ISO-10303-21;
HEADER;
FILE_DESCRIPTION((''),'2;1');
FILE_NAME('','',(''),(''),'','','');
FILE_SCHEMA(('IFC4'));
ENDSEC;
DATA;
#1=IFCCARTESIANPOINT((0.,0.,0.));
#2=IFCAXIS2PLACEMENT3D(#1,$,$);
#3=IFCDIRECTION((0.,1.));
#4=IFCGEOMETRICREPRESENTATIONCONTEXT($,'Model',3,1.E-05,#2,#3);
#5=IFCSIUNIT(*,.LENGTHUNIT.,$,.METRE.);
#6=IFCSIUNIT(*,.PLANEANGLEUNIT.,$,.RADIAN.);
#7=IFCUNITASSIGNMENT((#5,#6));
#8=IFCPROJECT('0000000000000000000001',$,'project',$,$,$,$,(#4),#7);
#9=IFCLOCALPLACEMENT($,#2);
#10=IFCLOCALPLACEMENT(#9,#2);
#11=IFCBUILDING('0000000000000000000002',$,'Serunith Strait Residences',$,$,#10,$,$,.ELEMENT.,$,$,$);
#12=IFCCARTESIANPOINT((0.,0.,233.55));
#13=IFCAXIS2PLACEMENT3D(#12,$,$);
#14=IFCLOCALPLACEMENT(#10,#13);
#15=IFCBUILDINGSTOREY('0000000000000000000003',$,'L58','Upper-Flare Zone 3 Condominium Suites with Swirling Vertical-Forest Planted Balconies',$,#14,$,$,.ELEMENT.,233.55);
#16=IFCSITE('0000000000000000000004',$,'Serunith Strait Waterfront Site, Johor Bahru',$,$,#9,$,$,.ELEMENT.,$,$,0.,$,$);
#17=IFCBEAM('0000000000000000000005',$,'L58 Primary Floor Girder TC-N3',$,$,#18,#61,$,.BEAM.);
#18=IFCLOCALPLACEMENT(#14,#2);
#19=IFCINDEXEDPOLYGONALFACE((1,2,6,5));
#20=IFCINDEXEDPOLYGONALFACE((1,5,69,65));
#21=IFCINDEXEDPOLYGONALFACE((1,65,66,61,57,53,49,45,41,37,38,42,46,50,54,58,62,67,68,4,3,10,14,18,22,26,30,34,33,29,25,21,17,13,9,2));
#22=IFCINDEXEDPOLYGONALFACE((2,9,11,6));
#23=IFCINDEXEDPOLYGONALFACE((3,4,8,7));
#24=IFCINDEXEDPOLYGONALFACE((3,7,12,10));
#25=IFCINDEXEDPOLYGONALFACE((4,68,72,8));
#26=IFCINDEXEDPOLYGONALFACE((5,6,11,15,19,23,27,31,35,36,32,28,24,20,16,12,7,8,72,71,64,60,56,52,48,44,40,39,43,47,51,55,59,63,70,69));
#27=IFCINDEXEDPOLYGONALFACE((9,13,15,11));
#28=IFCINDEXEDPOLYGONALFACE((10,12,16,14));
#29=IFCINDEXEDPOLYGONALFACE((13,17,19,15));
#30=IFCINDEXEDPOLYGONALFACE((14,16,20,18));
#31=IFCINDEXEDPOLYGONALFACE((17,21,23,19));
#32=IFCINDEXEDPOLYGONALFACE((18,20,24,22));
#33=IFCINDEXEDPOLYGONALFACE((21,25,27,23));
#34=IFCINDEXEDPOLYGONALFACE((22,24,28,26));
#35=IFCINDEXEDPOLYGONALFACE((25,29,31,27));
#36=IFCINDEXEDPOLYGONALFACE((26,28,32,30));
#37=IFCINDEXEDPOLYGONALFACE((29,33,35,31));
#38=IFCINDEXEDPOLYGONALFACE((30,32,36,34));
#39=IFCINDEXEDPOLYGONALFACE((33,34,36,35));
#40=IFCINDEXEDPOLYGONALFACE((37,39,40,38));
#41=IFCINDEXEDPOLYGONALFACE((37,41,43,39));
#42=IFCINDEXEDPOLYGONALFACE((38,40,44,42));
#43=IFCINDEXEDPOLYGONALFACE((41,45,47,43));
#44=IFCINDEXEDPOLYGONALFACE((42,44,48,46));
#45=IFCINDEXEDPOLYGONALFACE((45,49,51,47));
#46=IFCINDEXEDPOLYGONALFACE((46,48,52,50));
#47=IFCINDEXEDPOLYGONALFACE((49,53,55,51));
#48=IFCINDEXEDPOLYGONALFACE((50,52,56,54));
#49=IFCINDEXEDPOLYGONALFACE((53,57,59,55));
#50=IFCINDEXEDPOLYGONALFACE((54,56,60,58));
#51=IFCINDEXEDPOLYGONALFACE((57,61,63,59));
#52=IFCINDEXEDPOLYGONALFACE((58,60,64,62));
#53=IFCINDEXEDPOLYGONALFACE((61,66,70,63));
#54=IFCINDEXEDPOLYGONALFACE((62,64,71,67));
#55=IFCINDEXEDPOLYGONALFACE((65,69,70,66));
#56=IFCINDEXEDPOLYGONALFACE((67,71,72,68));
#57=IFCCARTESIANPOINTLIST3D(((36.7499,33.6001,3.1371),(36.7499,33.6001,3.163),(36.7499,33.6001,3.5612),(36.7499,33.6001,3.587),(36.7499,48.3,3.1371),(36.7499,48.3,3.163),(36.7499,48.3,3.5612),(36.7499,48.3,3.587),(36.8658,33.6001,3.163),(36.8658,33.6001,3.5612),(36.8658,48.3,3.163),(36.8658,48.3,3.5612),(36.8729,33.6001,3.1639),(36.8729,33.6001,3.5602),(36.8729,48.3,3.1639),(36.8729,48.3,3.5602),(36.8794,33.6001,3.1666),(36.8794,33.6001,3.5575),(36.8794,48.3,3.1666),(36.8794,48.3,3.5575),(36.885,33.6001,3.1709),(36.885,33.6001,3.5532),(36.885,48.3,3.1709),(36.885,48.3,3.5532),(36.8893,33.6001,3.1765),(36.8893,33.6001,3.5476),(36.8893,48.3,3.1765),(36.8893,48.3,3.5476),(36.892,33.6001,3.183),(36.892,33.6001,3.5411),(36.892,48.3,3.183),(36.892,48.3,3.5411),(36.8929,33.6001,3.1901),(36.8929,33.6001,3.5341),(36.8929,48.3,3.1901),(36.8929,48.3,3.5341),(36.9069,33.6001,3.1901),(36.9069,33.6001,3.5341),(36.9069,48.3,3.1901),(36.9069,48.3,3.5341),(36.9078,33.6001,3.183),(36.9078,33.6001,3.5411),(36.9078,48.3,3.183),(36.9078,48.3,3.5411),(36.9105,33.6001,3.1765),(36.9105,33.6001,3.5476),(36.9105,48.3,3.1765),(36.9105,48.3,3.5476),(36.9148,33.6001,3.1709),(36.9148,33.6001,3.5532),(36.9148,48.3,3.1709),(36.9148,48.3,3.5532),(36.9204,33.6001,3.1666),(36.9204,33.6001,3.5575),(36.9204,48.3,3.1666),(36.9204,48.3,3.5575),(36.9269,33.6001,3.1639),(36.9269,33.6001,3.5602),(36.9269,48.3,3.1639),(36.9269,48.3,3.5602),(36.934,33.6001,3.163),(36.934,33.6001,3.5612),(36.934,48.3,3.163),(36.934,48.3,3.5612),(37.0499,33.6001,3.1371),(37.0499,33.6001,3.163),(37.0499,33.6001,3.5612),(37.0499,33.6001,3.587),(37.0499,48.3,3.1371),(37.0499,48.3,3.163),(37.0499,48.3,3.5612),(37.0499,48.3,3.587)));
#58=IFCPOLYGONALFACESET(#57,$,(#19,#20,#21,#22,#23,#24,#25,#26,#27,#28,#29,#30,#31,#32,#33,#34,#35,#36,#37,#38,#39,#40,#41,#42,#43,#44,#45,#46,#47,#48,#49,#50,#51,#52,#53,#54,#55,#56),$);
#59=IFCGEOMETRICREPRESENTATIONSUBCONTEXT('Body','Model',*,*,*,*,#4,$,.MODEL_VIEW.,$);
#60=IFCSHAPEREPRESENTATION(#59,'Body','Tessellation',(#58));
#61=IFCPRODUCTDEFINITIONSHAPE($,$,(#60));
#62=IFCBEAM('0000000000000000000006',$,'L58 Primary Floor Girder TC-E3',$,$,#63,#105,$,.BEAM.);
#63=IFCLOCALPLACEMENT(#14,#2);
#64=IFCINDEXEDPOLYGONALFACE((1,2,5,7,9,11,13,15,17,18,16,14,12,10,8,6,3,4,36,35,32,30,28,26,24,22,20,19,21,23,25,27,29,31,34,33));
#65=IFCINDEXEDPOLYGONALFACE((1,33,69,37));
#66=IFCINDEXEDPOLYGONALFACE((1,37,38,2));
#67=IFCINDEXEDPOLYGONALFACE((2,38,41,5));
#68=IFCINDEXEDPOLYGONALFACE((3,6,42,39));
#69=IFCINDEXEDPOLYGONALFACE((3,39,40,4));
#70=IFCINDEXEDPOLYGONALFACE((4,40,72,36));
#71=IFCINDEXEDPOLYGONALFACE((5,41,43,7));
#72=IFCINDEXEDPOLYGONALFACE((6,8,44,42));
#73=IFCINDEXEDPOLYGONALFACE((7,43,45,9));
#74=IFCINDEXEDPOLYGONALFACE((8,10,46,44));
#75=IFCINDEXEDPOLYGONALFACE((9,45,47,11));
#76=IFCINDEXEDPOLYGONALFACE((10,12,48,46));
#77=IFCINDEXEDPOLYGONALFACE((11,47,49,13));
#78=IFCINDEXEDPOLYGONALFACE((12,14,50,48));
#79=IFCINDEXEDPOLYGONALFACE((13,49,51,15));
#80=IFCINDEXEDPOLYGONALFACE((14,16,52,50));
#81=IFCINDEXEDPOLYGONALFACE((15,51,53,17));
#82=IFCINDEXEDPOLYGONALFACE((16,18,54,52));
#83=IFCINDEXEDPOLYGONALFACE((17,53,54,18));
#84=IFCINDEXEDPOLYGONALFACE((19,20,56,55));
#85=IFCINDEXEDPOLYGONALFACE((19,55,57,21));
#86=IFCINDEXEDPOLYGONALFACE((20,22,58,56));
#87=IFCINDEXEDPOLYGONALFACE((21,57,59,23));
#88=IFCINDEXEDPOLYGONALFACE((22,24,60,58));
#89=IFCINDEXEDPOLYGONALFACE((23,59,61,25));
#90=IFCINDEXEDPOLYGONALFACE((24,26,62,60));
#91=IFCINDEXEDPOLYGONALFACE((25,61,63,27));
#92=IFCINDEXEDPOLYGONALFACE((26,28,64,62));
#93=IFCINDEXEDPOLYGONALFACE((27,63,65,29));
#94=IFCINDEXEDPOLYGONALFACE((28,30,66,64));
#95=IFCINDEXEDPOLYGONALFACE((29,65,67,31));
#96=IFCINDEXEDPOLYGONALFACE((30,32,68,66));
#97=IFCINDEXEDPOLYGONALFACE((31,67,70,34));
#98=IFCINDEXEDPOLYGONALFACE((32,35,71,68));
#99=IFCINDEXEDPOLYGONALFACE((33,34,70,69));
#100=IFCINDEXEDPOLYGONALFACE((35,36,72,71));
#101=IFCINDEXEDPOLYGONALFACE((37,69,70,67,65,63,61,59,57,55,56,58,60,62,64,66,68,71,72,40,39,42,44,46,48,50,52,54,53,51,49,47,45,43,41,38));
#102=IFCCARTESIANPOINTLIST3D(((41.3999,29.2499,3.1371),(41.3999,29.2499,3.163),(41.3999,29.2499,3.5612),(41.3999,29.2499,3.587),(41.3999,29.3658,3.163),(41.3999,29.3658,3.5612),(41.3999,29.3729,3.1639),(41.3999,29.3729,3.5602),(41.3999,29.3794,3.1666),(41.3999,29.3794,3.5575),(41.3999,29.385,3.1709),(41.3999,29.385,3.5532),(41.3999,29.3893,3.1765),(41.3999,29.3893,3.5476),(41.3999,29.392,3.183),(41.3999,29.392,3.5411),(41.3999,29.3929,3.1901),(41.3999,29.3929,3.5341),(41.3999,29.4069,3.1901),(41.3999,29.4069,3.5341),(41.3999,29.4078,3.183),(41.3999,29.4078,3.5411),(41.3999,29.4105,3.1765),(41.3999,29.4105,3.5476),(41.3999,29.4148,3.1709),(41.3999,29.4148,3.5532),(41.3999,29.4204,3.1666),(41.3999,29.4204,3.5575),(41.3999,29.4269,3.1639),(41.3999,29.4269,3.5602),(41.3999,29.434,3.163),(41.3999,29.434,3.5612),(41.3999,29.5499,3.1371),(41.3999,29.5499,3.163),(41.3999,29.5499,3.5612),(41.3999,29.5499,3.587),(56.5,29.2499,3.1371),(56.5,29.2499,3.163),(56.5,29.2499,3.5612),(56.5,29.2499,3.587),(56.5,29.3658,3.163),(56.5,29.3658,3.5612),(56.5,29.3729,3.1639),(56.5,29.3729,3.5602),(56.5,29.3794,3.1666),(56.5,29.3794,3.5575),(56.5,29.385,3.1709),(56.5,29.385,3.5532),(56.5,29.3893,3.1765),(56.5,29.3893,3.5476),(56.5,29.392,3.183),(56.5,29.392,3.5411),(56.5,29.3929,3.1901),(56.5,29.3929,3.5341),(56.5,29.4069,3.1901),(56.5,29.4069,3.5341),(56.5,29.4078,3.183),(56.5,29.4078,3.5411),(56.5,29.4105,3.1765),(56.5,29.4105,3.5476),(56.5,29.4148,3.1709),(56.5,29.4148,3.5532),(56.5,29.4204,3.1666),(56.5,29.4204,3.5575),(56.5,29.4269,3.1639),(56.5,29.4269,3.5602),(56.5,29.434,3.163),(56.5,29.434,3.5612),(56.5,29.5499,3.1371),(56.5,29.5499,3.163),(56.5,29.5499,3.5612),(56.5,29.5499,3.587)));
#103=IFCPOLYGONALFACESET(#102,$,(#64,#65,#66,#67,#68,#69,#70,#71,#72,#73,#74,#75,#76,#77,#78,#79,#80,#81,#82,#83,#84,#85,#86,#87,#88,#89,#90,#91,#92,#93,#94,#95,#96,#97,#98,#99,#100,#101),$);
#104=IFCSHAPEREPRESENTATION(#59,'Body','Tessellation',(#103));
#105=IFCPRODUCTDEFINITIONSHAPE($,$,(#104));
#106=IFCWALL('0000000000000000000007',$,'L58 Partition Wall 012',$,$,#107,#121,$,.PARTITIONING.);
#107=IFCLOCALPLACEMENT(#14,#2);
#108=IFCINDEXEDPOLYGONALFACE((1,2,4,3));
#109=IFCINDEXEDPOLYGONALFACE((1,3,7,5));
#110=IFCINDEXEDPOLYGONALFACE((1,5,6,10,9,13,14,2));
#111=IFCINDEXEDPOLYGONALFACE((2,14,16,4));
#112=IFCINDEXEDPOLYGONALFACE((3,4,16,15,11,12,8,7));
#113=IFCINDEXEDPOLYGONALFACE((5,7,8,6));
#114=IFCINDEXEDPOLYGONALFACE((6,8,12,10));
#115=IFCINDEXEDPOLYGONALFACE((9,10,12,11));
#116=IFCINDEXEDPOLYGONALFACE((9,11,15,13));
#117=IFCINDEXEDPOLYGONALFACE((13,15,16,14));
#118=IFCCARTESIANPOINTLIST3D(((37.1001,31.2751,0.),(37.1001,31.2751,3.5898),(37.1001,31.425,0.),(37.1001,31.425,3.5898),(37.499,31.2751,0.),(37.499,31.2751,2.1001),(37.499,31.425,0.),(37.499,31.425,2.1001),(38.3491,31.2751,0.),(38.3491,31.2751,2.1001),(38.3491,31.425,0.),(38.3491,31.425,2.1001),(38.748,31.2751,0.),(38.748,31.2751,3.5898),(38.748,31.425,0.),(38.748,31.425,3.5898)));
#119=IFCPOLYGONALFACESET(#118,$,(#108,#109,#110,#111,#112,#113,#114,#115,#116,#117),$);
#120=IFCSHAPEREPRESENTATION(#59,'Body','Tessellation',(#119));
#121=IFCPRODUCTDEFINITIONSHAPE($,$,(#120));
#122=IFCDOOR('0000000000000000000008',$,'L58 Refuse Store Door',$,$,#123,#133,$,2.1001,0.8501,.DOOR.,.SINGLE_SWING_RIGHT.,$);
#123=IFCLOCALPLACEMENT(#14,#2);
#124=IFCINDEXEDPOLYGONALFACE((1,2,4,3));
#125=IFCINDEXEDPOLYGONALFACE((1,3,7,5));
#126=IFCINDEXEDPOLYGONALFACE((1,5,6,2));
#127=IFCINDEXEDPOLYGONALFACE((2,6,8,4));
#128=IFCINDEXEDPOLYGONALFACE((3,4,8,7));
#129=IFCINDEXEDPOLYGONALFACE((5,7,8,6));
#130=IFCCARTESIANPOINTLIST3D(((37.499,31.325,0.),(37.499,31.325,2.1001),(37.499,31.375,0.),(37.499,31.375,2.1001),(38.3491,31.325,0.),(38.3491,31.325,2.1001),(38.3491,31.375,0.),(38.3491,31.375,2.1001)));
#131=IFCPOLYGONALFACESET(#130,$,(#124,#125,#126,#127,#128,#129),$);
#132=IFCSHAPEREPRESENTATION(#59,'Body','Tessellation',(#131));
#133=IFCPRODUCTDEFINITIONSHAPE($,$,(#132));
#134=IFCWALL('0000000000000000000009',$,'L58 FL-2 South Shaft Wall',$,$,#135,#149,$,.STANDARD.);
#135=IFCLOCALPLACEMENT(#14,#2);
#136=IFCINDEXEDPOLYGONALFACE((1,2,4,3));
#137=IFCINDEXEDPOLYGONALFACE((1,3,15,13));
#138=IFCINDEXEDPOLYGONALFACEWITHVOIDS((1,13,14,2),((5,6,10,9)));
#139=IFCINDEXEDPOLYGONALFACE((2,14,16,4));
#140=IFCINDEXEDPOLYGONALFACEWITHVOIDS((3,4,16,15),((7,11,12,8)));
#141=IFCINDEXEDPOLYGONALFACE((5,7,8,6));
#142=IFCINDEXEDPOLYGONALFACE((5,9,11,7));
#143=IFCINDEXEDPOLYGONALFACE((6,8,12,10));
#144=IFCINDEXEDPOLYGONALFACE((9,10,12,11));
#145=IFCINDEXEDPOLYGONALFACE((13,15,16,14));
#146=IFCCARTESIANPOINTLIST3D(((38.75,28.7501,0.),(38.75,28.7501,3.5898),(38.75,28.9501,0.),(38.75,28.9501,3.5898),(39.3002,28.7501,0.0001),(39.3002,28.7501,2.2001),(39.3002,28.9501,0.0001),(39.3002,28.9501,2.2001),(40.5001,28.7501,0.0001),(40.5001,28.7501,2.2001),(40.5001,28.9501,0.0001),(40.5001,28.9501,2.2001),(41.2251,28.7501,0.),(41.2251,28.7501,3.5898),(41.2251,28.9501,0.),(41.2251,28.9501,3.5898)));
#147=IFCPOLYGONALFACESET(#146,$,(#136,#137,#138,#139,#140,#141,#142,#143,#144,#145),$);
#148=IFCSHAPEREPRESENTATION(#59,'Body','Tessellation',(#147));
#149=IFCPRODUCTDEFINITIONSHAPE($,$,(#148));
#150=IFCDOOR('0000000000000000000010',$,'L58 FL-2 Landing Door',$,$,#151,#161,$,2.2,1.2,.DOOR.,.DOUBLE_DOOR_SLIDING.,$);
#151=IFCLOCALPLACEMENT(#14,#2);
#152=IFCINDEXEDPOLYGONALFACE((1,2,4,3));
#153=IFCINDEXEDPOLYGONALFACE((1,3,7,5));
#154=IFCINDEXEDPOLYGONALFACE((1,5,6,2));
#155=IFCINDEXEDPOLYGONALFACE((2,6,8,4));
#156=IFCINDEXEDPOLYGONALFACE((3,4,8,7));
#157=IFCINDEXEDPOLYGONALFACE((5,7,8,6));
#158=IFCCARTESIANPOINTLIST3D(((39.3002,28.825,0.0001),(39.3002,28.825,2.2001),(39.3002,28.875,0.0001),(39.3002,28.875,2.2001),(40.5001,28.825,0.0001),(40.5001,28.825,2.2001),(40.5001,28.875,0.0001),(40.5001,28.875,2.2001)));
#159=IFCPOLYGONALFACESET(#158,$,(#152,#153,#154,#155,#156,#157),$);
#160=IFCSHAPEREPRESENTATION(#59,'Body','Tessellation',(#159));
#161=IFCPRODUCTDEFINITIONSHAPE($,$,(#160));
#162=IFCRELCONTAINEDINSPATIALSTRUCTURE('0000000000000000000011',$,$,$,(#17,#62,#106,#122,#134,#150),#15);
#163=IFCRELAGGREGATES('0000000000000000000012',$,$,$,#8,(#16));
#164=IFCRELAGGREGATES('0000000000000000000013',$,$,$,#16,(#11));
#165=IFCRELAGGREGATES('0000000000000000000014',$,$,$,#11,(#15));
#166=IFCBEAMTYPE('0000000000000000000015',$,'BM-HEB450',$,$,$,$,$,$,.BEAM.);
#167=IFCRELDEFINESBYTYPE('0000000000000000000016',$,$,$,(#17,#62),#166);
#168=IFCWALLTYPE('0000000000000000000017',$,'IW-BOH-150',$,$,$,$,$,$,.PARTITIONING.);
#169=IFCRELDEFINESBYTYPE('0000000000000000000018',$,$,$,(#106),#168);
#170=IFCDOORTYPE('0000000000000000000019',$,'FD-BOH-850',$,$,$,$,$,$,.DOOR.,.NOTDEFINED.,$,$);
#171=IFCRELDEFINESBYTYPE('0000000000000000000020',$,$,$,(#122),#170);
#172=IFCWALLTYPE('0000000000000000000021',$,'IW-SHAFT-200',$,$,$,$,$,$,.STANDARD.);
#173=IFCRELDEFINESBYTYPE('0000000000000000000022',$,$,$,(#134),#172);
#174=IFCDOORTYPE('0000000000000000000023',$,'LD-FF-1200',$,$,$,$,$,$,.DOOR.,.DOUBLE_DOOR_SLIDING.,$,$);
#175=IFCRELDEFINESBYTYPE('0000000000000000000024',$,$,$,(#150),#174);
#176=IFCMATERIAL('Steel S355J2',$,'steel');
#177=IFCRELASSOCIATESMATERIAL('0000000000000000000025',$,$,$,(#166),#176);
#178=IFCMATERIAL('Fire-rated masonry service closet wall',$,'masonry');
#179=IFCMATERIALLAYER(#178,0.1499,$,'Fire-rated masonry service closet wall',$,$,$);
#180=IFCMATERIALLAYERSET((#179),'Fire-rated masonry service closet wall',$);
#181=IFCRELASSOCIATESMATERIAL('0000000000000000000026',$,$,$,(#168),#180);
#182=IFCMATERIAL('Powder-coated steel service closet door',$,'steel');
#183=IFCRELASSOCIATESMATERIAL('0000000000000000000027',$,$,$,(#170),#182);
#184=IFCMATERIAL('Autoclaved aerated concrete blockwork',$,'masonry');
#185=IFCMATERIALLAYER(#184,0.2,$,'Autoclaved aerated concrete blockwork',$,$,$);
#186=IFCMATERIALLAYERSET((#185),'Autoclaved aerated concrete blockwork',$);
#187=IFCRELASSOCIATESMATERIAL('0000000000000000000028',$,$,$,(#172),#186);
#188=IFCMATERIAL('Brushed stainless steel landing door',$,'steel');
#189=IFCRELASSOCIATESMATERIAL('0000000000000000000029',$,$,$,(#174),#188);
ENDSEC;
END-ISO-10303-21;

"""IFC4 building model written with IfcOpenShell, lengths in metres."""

from ifc_helpers import new_model, si_unit, direction, frame, frame_2d, origin, origin_2d, place, context, subcontext, project, spatial, rectangle, i_section, extrude, source, transform, mapped, material, layer, layer_set, material_profile, profile_set, type_object, element, fill, save


model = new_model("IFC4")

# Units and contexts
model_context = context("Model", 3, precision=1e-05, world=origin(), true_north=direction((0.0, 1.0)))
body_context = subcontext(model_context, "Body", "Model", "MODEL_VIEW")
ifc_project = project(units=[si_unit("LENGTHUNIT", "METRE"), si_unit("PLANEANGLEUNIT", "RADIAN")], contexts=[model_context])

# Site, building, storey
site_placement = place(None, origin())
site = spatial("IfcSite", under=ifc_project, at=site_placement, Name="Serunith Strait Waterfront Site, Johor Bahru", CompositionType="ELEMENT", RefElevation=0.0)
building_placement = place(site_placement, origin())
building = spatial("IfcBuilding", under=site, at=building_placement, Name="Serunith Strait Residences", CompositionType="ELEMENT")
storey_placement = place(building_placement, frame((0.0, 0.0, 233.55)))
storey = spatial("IfcBuildingStorey", under=building, at=storey_placement, Name="L58", Description="Upper-Flare Zone 3 Condominium Suites with Swirling Vertical-Forest Planted Balconies", CompositionType="ELEMENT", Elevation=233.55)

# Beams
ifc_material_1 = material(Name="Steel S355J2", Category="steel")
ifc_material_profile = material_profile(ifc_material_1, i_section(OverallWidth=0.3, OverallDepth=0.45, WebThickness=0.0139, FlangeThickness=0.0259, FilletRadius=0.0271, at=origin_2d()), Name="HEB 450")
ifc_profile_set = profile_set([ifc_material_profile], Name="Steel S355J2")
beam_type = type_object("IfcBeamType", Name="BM-HEB450", PredefinedType="BEAM", material=ifc_profile_set)
shared_shape_1 = source(origin(), body_context, "Body", "SweptSolid", [
    extrude(i_section(OverallWidth=0.3, OverallDepth=0.45, WebThickness=0.0139, FlangeThickness=0.0259, FilletRadius=0.0271, at=origin_2d()), origin(), (0.0, 0.0, 1.0), 14.7),
])
beam_1_placement = place(storey_placement, frame((36.8999, 33.6001, 3.3621), z_axis=(0.0, 1.0, 0.0), x_axis=(-1.0, 0.0, 0.0)))
element("IfcBeam", 1, at=beam_1_placement, inside=storey, type_object=beam_type, Name="L58 Primary Floor Girder TC-N3", PredefinedType="BEAM", context=body_context, shape_type="MappedRepresentation", body=[
    mapped(shared_shape_1, transform((0.0, 0.0, 0.0), scale=1.0)),
])
shared_shape_2 = source(origin(), body_context, "Body", "SweptSolid", [
    extrude(i_section(OverallWidth=0.3, OverallDepth=0.45, WebThickness=0.0139, FlangeThickness=0.0259, FilletRadius=0.0271, at=origin_2d()), origin(), (0.0, 0.0, 1.0), 15.1001),
])
beam_2_placement = place(storey_placement, frame((41.3999, 29.3999, 3.3621), z_axis=(1.0, 0.0, 0.0), x_axis=(0.0, 1.0, 0.0)))
element("IfcBeam", 2, at=beam_2_placement, inside=storey, type_object=beam_type, Name="L58 Primary Floor Girder TC-E3", PredefinedType="BEAM", context=body_context, shape_type="MappedRepresentation", body=[
    mapped(shared_shape_2, transform((0.0, 0.0, 0.0), scale=1.0)),
])

# Walls, openings, doors
ifc_material_2 = material(Name="Fire-rated masonry service closet wall", Category="masonry")
ifc_layer_1 = layer(ifc_material_2, 0.1499, Name="Fire-rated masonry service closet wall")
ifc_layer_set_1 = layer_set([ifc_layer_1], Name="Fire-rated masonry service closet wall")
wall_type_1 = type_object("IfcWallType", Name="IW-BOH-150", PredefinedType="PARTITIONING", material=ifc_layer_set_1)
wall_1_placement = place(storey_placement, frame((37.1001, 31.3501, 0.0), z_axis=(0.0, 0.0, 1.0), x_axis=(1.0, 0.0, 0.0)))
wall_1 = element("IfcWall", 3, at=wall_1_placement, inside=storey, type_object=wall_type_1, Name="L58 Partition Wall 012", PredefinedType="PARTITIONING", context=body_context, shape_type="SweptSolid", body=[
    extrude(rectangle(XDim=1.6479, YDim=0.1499, at=frame_2d((0.824, 0.0))), origin(), (0.0, 0.0, 1.0), 3.5898),
])
opening_1_placement = place(wall_1_placement, frame((0.3989, 0.0, 0.0)))
opening_1 = element("IfcOpeningElement", 4, at=opening_1_placement, cuts=wall_1, PredefinedType="OPENING", context=body_context, shape_type="SweptSolid", body=[
    extrude(rectangle(XDim=0.8501, YDim=2.1001, at=frame_2d((0.425, 1.05))), frame((0.0, 0.085, 0.0), z_axis=(0.0, -1.0, 0.0), x_axis=(1.0, 0.0, 0.0)), (0.0, 0.0, 1.0), 0.1699),
])
ifc_material_3 = material(Name="Powder-coated steel service closet door", Category="steel")
door_type_1 = type_object("IfcDoorType", Name="FD-BOH-850", OperationType="NOTDEFINED", PredefinedType="DOOR", material=ifc_material_3)
shared_shape_3 = source(origin(), body_context, "Body", "SweptSolid", [
    extrude(rectangle(XDim=0.8501, YDim=2.1001, at=frame_2d((0.425, 1.05))), frame((0.0, 0.0249, 0.0), z_axis=(0.0, -1.0, 0.0), x_axis=(1.0, 0.0, 0.0)), (0.0, 0.0, 1.0), 0.05),
])
door_1_placement = place(opening_1_placement, origin())
door_1 = element("IfcDoor", 5, at=door_1_placement, inside=storey, type_object=door_type_1, Name="L58 Refuse Store Door", OperationType="SINGLE_SWING_RIGHT", OverallHeight=2.1001, OverallWidth=0.8501, PredefinedType="DOOR", context=body_context, shape_type="MappedRepresentation", body=[
    mapped(shared_shape_3, transform((0.0, 0.0, 0.0), scale=1.0)),
])
fill(opening_1, door_1)
ifc_material_4 = material(Name="Autoclaved aerated concrete blockwork", Category="masonry")
ifc_layer_2 = layer(ifc_material_4, 0.2, Name="Autoclaved aerated concrete blockwork")
ifc_layer_set_2 = layer_set([ifc_layer_2], Name="Autoclaved aerated concrete blockwork")
wall_type_2 = type_object("IfcWallType", Name="IW-SHAFT-200", PredefinedType="STANDARD", material=ifc_layer_set_2)
wall_2_placement = place(storey_placement, frame((38.75, 28.8501, 0.0), z_axis=(0.0, 0.0, 1.0), x_axis=(1.0, 0.0, 0.0)))
wall_2 = element("IfcWall", 6, at=wall_2_placement, inside=storey, type_object=wall_type_2, Name="L58 FL-2 South Shaft Wall", PredefinedType="STANDARD", context=body_context, shape_type="SweptSolid", body=[
    extrude(rectangle(XDim=2.4751, YDim=0.2, at=frame_2d((1.2375, 0.0))), origin(), (0.0, 0.0, 1.0), 3.5898),
])
opening_2_placement = place(wall_2_placement, frame((0.55, 0.0, 0.0)))
opening_2 = element("IfcOpeningElement", 7, at=opening_2_placement, cuts=wall_2, PredefinedType="OPENING", context=body_context, shape_type="SweptSolid", body=[
    extrude(rectangle(XDim=1.2, YDim=2.2, at=frame_2d((0.6001, 1.1001))), frame((0.0, 0.1099, 0.0), z_axis=(0.0, -1.0, 0.0), x_axis=(1.0, 0.0, 0.0)), (0.0, 0.0, 1.0), 0.22),
])
ifc_material_5 = material(Name="Brushed stainless steel landing door", Category="steel")
door_type_2 = type_object("IfcDoorType", Name="LD-FF-1200", OperationType="DOUBLE_DOOR_SLIDING", PredefinedType="DOOR", material=ifc_material_5)
shared_shape_4 = source(origin(), body_context, "Body", "SweptSolid", [
    extrude(rectangle(XDim=1.2, YDim=2.2, at=frame_2d((0.6001, 1.1001))), frame((0.0, 0.0249, 0.0), z_axis=(0.0, -1.0, 0.0), x_axis=(1.0, 0.0, 0.0)), (0.0, 0.0, 1.0), 0.05),
])
door_2_placement = place(opening_2_placement, origin())
door_2 = element("IfcDoor", 8, at=door_2_placement, inside=storey, type_object=door_type_2, Name="L58 FL-2 Landing Door", OperationType="DOUBLE_DOOR_SLIDING", OverallHeight=2.2, OverallWidth=1.2, PredefinedType="DOOR", context=body_context, shape_type="MappedRepresentation", body=[
    mapped(shared_shape_4, transform((0.0, 0.0, 0.0), scale=1.0)),
])
fill(opening_2, door_2)

save(model, "model.ifc")
